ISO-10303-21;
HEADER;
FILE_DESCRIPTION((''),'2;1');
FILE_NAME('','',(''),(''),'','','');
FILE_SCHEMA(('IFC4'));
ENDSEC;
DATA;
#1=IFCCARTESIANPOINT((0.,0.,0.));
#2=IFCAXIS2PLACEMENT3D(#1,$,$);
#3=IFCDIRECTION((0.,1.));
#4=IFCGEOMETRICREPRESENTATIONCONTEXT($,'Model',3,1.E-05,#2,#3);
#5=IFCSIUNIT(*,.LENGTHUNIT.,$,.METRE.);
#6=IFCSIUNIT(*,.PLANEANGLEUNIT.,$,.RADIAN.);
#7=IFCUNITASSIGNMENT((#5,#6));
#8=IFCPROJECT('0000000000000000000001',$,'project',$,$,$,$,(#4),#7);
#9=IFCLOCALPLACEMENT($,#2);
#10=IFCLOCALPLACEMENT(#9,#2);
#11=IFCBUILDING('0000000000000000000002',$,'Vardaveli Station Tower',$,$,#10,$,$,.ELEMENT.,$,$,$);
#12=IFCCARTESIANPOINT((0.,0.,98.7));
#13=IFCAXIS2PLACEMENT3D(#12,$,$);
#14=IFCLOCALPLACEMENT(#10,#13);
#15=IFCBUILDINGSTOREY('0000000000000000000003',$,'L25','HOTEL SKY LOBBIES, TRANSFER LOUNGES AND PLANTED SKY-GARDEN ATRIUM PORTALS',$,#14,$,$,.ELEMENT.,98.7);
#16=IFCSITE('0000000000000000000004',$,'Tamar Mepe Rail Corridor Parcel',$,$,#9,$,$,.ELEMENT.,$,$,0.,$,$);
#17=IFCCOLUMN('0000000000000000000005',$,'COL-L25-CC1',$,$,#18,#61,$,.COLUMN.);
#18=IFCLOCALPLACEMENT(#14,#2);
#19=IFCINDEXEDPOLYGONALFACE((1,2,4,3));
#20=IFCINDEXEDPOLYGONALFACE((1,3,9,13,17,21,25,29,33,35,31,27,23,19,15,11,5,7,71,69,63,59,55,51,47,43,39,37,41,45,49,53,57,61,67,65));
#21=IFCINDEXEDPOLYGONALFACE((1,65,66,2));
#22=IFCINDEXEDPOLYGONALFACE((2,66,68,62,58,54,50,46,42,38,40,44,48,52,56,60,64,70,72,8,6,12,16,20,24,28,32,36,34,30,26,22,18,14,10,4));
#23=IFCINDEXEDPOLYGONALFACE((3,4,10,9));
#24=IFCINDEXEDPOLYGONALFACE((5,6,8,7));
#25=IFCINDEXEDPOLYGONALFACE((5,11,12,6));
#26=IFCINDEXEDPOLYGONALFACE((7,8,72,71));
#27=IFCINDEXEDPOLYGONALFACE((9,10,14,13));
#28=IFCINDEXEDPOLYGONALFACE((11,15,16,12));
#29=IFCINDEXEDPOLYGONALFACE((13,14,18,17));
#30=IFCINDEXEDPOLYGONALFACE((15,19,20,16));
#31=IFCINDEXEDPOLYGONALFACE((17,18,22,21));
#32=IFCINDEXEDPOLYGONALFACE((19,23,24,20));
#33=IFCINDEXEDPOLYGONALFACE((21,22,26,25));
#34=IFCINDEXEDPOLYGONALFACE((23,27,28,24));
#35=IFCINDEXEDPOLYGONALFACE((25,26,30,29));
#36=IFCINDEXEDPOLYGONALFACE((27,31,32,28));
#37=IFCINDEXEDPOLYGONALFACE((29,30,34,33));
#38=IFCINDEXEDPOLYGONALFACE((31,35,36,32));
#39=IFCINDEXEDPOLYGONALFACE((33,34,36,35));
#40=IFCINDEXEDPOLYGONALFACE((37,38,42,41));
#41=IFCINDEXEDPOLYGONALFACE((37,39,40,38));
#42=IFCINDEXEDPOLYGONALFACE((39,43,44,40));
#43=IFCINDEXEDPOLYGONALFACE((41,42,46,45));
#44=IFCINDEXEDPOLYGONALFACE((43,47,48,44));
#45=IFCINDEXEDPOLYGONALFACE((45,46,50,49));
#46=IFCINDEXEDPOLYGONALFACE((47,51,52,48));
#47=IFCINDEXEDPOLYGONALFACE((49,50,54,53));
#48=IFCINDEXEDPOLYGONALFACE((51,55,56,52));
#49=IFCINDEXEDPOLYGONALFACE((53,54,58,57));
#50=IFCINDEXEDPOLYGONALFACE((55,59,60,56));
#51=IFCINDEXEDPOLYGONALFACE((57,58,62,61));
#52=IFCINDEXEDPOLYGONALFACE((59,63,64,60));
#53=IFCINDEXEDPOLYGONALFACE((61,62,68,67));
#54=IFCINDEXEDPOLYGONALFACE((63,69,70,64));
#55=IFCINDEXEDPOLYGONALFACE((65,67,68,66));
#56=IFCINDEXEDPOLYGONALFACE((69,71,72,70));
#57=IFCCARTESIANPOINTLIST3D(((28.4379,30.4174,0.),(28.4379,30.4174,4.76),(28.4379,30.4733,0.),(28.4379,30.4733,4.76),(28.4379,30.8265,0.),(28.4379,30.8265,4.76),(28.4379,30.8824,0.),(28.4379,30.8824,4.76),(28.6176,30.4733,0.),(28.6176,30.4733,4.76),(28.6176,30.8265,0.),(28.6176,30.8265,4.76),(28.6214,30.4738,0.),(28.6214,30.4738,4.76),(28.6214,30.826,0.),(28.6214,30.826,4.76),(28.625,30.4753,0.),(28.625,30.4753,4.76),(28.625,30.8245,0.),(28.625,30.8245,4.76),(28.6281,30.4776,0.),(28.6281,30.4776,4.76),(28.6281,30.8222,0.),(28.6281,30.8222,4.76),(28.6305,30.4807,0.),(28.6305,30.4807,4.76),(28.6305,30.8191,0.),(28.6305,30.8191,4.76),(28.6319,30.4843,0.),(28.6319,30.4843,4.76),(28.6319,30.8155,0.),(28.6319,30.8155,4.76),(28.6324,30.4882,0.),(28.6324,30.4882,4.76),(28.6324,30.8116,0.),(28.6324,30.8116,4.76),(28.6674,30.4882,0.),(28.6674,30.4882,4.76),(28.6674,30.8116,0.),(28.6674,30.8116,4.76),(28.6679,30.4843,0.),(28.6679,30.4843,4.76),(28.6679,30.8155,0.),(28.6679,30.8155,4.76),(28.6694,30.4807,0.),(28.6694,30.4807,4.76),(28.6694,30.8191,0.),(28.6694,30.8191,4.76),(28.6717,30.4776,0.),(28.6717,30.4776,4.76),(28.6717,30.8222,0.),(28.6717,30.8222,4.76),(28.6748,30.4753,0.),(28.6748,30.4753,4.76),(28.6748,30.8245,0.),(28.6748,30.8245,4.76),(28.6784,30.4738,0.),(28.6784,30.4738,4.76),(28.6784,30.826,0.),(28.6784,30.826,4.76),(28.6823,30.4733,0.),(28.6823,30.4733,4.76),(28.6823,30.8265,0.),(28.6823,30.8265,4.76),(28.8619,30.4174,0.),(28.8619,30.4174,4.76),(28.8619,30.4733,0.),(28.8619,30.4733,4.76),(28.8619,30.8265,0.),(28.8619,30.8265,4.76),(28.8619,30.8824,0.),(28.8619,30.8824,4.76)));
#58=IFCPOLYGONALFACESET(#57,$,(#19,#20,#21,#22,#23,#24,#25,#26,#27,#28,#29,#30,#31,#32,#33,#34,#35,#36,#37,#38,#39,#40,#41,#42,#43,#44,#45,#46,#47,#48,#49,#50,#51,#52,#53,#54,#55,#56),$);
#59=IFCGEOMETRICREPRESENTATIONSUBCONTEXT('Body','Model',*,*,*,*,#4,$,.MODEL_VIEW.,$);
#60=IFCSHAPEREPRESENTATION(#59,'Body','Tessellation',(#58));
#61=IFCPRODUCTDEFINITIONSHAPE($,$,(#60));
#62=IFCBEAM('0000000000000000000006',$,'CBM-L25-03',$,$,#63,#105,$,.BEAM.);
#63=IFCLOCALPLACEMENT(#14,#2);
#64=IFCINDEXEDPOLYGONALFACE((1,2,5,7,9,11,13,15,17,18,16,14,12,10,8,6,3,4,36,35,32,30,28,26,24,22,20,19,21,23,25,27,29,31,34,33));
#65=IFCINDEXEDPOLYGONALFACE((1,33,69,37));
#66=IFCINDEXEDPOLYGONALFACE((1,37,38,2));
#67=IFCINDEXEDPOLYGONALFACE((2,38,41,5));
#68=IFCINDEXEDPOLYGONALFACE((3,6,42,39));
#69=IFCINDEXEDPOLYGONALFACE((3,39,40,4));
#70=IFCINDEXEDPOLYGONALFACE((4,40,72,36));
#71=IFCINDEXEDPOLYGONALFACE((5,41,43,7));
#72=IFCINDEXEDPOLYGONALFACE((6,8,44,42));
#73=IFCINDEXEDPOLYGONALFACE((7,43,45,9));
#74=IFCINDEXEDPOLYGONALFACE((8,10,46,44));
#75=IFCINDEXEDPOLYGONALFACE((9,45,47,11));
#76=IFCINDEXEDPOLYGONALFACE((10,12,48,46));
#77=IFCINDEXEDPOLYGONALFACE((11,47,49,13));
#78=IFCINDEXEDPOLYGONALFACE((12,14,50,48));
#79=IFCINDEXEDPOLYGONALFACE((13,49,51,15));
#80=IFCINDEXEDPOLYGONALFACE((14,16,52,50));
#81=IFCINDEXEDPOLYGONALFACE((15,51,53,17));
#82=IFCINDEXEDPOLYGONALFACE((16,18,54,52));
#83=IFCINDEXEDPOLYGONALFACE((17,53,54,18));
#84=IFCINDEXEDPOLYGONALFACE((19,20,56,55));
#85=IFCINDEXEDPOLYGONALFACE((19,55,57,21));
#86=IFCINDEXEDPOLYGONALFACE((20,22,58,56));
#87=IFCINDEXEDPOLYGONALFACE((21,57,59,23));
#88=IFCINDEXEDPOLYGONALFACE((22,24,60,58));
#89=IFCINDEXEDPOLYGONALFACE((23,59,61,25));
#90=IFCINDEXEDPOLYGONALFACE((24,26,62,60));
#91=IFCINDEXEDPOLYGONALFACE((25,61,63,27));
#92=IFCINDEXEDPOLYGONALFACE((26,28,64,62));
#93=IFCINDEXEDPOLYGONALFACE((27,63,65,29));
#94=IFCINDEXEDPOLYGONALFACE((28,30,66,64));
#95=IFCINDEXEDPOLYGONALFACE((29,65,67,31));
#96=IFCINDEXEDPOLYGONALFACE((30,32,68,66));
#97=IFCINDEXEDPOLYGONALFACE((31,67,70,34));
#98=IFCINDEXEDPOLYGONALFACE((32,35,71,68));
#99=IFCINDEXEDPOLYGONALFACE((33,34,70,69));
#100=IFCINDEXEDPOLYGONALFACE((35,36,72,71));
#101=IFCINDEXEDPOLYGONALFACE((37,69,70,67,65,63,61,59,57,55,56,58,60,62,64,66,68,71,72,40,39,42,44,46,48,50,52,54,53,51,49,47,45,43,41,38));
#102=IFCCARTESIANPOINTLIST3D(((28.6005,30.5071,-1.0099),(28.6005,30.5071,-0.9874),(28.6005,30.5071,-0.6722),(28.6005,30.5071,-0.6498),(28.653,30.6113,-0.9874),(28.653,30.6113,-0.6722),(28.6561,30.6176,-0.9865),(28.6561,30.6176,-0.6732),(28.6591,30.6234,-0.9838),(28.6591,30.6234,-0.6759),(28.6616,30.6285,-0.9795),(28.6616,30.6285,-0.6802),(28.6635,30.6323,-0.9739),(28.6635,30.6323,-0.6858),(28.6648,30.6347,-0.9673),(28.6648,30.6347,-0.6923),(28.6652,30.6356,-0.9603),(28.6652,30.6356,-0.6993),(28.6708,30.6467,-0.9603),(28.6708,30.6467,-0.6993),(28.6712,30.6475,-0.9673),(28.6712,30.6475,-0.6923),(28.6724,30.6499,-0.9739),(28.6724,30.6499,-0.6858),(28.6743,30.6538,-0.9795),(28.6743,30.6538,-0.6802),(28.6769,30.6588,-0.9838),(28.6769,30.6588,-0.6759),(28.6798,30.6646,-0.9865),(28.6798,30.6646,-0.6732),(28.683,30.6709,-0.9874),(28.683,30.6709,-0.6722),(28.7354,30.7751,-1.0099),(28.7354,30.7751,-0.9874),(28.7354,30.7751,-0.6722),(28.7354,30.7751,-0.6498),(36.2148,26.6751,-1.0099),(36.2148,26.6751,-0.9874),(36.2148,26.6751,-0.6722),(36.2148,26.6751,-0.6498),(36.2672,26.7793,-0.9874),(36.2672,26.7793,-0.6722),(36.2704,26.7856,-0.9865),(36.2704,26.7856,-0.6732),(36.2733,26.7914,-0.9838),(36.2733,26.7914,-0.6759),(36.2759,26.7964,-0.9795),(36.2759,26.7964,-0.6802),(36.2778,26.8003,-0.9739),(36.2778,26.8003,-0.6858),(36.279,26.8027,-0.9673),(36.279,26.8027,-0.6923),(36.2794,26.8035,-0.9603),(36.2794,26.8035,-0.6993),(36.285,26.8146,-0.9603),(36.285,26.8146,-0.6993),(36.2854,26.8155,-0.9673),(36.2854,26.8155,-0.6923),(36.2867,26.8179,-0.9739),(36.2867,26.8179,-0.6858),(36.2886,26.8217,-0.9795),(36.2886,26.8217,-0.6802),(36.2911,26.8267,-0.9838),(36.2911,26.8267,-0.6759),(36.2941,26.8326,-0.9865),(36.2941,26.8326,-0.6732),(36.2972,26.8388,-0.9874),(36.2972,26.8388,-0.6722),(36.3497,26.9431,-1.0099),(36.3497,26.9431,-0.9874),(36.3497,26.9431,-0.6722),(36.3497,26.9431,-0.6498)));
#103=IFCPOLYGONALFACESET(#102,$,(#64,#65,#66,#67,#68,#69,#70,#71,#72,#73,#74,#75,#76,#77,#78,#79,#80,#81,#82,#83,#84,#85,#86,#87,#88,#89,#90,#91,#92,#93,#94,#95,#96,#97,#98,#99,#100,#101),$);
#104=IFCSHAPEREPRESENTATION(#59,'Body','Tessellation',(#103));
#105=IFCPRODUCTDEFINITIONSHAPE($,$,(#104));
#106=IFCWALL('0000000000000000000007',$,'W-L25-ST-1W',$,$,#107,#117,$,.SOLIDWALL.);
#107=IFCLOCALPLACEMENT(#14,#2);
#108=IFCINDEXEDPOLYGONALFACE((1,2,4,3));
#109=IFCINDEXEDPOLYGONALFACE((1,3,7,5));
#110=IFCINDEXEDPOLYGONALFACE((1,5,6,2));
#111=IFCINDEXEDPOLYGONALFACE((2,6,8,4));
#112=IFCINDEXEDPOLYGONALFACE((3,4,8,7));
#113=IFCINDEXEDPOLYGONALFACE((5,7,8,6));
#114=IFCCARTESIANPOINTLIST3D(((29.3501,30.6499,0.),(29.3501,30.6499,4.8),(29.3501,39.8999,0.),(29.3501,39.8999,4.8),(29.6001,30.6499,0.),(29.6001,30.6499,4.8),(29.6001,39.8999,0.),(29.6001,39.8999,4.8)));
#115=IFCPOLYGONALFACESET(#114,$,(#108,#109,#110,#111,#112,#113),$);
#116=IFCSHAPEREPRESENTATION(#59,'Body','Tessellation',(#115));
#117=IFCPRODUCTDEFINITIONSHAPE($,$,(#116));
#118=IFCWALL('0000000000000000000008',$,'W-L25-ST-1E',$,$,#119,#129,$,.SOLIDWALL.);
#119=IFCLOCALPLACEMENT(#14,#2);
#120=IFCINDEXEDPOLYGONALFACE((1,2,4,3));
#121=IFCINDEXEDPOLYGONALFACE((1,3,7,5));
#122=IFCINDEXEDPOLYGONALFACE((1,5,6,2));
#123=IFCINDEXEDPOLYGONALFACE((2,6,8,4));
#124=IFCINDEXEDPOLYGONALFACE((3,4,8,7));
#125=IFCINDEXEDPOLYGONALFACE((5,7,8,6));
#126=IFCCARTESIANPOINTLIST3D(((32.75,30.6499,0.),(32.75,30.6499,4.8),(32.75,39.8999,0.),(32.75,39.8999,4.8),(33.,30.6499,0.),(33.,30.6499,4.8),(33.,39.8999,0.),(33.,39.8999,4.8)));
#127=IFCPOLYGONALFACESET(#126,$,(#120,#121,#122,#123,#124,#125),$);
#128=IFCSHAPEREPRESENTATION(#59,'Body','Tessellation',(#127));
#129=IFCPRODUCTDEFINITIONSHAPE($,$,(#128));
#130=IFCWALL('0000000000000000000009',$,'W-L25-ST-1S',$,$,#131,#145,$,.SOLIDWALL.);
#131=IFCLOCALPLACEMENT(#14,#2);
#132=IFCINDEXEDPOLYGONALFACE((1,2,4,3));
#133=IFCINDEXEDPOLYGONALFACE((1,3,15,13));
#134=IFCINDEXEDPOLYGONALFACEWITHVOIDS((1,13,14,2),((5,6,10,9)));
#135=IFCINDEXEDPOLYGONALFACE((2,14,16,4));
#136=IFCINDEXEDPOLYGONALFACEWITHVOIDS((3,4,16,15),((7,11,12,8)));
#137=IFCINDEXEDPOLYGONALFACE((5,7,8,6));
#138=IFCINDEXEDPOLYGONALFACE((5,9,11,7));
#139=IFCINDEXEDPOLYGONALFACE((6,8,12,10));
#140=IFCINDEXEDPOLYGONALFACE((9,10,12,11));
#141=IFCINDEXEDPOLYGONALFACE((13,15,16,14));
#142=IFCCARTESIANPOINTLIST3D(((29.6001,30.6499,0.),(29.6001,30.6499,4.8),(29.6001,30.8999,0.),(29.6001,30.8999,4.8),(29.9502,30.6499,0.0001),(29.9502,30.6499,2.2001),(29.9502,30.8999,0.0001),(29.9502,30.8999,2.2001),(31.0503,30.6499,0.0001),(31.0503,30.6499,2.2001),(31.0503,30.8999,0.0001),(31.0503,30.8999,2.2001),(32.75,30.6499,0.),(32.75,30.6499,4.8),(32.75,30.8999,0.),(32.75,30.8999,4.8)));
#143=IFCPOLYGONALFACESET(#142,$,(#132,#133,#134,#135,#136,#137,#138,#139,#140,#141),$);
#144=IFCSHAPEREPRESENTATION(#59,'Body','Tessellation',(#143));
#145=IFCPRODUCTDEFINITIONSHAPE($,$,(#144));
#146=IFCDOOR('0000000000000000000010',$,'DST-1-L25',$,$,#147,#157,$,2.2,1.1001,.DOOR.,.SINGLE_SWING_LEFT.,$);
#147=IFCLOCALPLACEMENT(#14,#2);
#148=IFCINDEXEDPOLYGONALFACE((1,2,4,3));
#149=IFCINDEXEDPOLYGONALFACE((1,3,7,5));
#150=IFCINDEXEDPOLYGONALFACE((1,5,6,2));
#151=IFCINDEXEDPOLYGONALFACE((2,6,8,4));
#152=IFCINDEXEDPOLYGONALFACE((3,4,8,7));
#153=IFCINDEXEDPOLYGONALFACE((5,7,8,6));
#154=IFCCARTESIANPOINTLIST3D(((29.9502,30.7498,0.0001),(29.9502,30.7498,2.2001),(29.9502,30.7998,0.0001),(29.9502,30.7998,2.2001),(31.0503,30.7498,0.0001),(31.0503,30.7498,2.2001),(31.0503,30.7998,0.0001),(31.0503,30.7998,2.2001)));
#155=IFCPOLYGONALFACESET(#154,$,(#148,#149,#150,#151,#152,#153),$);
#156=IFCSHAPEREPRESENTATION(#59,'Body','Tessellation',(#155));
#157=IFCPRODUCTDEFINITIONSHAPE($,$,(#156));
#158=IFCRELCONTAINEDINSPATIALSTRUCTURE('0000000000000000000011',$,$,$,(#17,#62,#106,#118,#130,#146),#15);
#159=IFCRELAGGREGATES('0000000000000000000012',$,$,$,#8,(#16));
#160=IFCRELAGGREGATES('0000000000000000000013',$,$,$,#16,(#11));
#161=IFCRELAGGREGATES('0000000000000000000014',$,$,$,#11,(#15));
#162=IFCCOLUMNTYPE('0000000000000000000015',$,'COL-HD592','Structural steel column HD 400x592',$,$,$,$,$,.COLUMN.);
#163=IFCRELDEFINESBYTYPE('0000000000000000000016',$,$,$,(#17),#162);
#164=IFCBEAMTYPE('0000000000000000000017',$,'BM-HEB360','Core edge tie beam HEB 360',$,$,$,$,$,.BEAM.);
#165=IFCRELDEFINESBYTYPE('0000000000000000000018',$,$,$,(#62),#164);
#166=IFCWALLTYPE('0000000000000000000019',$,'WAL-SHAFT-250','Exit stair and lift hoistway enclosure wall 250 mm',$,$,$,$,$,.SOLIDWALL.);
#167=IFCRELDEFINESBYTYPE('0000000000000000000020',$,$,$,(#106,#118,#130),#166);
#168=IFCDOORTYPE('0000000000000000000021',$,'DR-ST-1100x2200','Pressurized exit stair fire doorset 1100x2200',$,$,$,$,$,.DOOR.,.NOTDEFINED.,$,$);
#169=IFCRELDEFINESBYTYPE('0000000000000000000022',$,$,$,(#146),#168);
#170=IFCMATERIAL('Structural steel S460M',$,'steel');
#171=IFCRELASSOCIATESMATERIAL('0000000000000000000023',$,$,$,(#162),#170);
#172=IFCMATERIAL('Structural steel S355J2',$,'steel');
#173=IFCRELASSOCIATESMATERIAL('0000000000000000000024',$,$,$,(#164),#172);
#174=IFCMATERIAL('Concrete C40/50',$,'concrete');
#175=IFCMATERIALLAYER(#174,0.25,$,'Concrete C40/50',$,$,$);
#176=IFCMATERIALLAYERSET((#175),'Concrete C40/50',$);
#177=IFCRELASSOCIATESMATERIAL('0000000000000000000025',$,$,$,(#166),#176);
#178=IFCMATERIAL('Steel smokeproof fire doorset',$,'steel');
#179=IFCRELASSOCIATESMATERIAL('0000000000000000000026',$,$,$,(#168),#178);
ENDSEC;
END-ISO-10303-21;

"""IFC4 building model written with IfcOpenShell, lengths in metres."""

from ifc_helpers import new_model, si_unit, direction, frame, frame_2d, origin, origin_2d, place, context, subcontext, project, spatial, rectangle, i_section, extrude, source, transform, mapped, material, layer, layer_set, material_profile, profile_set, type_object, element, fill, save


model = new_model("IFC4")

# Units and contexts
model_context = context("Model", 3, precision=1e-05, world=origin(), true_north=direction((0.0, 1.0)))
body_context = subcontext(model_context, "Body", "Model", "MODEL_VIEW")
ifc_project = project(units=[si_unit("LENGTHUNIT", "METRE"), si_unit("PLANEANGLEUNIT", "RADIAN")], contexts=[model_context])

# Site, building, storey
site_placement = place(None, origin())
site = spatial("IfcSite", under=ifc_project, at=site_placement, Name="Tamar Mepe Rail Corridor Parcel", CompositionType="ELEMENT", RefElevation=0.0)
building_placement = place(site_placement, origin())
building = spatial("IfcBuilding", under=site, at=building_placement, Name="Vardaveli Station Tower", CompositionType="ELEMENT")
storey_placement = place(building_placement, frame((0.0, 0.0, 98.7)))
storey = spatial("IfcBuildingStorey", under=building, at=storey_placement, Name="L25", Description="HOTEL SKY LOBBIES, TRANSFER LOUNGES AND PLANTED SKY-GARDEN ATRIUM PORTALS", CompositionType="ELEMENT", Elevation=98.7)

# Column
ifc_material_1 = material(Name="Structural steel S460M", Category="steel")
ifc_material_profile_1 = material_profile(ifc_material_1, i_section(OverallWidth=0.4241, OverallDepth=0.4651, WebThickness=0.0349, FlangeThickness=0.0559, FilletRadius=0.0149, at=origin_2d()), Name="HD 400x592")
ifc_profile_set_1 = profile_set([ifc_material_profile_1], Name="Structural steel S460M")
column_type = type_object("IfcColumnType", Name="COL-HD592", Description="Structural steel column HD 400x592", PredefinedType="COLUMN", material=ifc_profile_set_1)
shared_shape_1 = source(origin(), body_context, "Body", "SweptSolid", [
    extrude(i_section(OverallWidth=0.4241, OverallDepth=0.4651, WebThickness=0.0349, FlangeThickness=0.0559, FilletRadius=0.0149, at=origin_2d()), origin(), (0.0, 0.0, 1.0), 4.76),
])
column_placement = place(storey_placement, frame((28.6499, 30.6499, 0.0), z_axis=(0.0, 0.0, 1.0), x_axis=(1.0, 0.0, 0.0)))
element("IfcColumn", 1, at=column_placement, inside=storey, type_object=column_type, Name="COL-L25-CC1", PredefinedType="COLUMN", context=body_context, shape_type="MappedRepresentation", body=[
    mapped(shared_shape_1, transform((0.0, 0.0, 0.0), scale=1.0)),
])

# Beam
ifc_material_2 = material(Name="Structural steel S355J2", Category="steel")
ifc_material_profile_2 = material_profile(ifc_material_2, i_section(OverallWidth=0.3, OverallDepth=0.3601, WebThickness=0.0125, FlangeThickness=0.0225, FilletRadius=0.0271, at=origin_2d()), Name="HEB 360")
ifc_profile_set_2 = profile_set([ifc_material_profile_2], Name="Structural steel S355J2")
beam_type = type_object("IfcBeamType", Name="BM-HEB360", Description="Core edge tie beam HEB 360", PredefinedType="BEAM", material=ifc_profile_set_2)
shared_shape_2 = source(origin(), body_context, "Body", "SweptSolid", [
    extrude(i_section(OverallWidth=0.3, OverallDepth=0.3601, WebThickness=0.0125, FlangeThickness=0.0225, FilletRadius=0.0271, at=origin_2d()), origin(), (0.0, 0.0, 1.0), 8.5242),
])
beam_placement = place(storey_placement, frame((28.668, 30.6411, -0.8298), z_axis=(0.893256, -0.449549, 0.0), x_axis=(0.449549, 0.893256, 0.0)))
element("IfcBeam", 2, at=beam_placement, inside=storey, type_object=beam_type, Name="CBM-L25-03", PredefinedType="BEAM", context=body_context, shape_type="MappedRepresentation", body=[
    mapped(shared_shape_2, transform((0.0, 0.0, 0.0), scale=1.0)),
])

# Walls
ifc_material_3 = material(Name="Concrete C40/50", Category="concrete")
ifc_layer_1 = layer(ifc_material_3, 0.25, Name="Concrete C40/50")
ifc_layer_set_1 = layer_set([ifc_layer_1], Name="Concrete C40/50")
wall_type_1 = type_object("IfcWallType", Name="WAL-SHAFT-250", Description="Exit stair and lift hoistway enclosure wall 250 mm", PredefinedType="SOLIDWALL", material=ifc_layer_set_1)
shared_shape_3 = source(origin(), body_context, "Body", "SweptSolid", [
    extrude(rectangle(XDim=9.25, YDim=0.25, at=frame_2d((4.625, 0.0))), origin(), (0.0, 0.0, 1.0), 4.8),
])
for number, where, z_axis, x_axis, name in (
    (3, (29.4751, 30.6499, 0.0), (0.0, 0.0, 1.0), (0.0, 1.0, 0.0), "W-L25-ST-1W"),
    (4, (32.875, 30.6499, 0.0), (0.0, 0.0, 1.0), (0.0, 1.0, 0.0), "W-L25-ST-1E"),
):
    element("IfcWall", number, at=place(storey_placement, frame(where, z_axis=z_axis, x_axis=x_axis)), inside=storey, type_object=wall_type_1, Name=name, PredefinedType="SOLIDWALL", context=body_context, shape_type="MappedRepresentation", body=[
        mapped(shared_shape_3, transform((0.0, 0.0, 0.0), scale=1.0)),
    ])

# Wall, opening, door
shared_shape_4 = source(origin(), body_context, "Body", "SweptSolid", [
    extrude(rectangle(XDim=3.1499, YDim=0.25, at=frame_2d((1.575, 0.0))), origin(), (0.0, 0.0, 1.0), 4.8),
])
wall_1_placement = place(storey_placement, frame((29.6001, 30.7749, 0.0), z_axis=(0.0, 0.0, 1.0), x_axis=(1.0, 0.0, 0.0)))
wall_1 = element("IfcWall", 5, at=wall_1_placement, inside=storey, type_object=wall_type_1, Name="W-L25-ST-1S", PredefinedType="SOLIDWALL", context=body_context, shape_type="MappedRepresentation", body=[
    mapped(shared_shape_4, transform((0.0, 0.0, 0.0), scale=1.0)),
])
shared_shape_5 = source(origin(), body_context, "Body", "SweptSolid", [
    extrude(rectangle(XDim=1.1001, YDim=2.2, at=frame_2d((0.55, 1.1001))), frame((0.0, 0.135, 0.0), z_axis=(0.0, -1.0, 0.0), x_axis=(1.0, 0.0, 0.0)), (0.0, 0.0, 1.0), 0.27),
])
opening_1_placement = place(wall_1_placement, frame((0.3501, 0.0, 0.0)))
opening_1 = element("IfcOpeningElement", 6, at=opening_1_placement, cuts=wall_1, PredefinedType="OPENING", context=body_context, shape_type="MappedRepresentation", body=[
    mapped(shared_shape_5, transform((0.0, 0.0, 0.0), scale=1.0)),
])
ifc_material_4 = material(Name="Steel smokeproof fire doorset", Category="steel")
door_type_1 = type_object("IfcDoorType", Name="DR-ST-1100x2200", Description="Pressurized exit stair fire doorset 1100x2200", OperationType="NOTDEFINED", PredefinedType="DOOR", material=ifc_material_4)
shared_shape_6 = source(origin(), body_context, "Body", "SweptSolid", [
    extrude(rectangle(XDim=1.1001, YDim=2.2, at=frame_2d((0.55, 1.1001))), frame((0.0, 0.0249, 0.0), z_axis=(0.0, -1.0, 0.0), x_axis=(1.0, 0.0, 0.0)), (0.0, 0.0, 1.0), 0.05),
])
door_1_placement = place(opening_1_placement, origin())
door_1 = element("IfcDoor", 7, at=door_1_placement, inside=storey, type_object=door_type_1, Name="DST-1-L25", OperationType="SINGLE_SWING_LEFT", OverallHeight=2.2, OverallWidth=1.1001, PredefinedType="DOOR", context=body_context, shape_type="MappedRepresentation", body=[
    mapped(shared_shape_6, transform((0.0, 0.0, 0.0), scale=1.0)),
])
fill(opening_1, door_1)

save(model, "model.ifc")
